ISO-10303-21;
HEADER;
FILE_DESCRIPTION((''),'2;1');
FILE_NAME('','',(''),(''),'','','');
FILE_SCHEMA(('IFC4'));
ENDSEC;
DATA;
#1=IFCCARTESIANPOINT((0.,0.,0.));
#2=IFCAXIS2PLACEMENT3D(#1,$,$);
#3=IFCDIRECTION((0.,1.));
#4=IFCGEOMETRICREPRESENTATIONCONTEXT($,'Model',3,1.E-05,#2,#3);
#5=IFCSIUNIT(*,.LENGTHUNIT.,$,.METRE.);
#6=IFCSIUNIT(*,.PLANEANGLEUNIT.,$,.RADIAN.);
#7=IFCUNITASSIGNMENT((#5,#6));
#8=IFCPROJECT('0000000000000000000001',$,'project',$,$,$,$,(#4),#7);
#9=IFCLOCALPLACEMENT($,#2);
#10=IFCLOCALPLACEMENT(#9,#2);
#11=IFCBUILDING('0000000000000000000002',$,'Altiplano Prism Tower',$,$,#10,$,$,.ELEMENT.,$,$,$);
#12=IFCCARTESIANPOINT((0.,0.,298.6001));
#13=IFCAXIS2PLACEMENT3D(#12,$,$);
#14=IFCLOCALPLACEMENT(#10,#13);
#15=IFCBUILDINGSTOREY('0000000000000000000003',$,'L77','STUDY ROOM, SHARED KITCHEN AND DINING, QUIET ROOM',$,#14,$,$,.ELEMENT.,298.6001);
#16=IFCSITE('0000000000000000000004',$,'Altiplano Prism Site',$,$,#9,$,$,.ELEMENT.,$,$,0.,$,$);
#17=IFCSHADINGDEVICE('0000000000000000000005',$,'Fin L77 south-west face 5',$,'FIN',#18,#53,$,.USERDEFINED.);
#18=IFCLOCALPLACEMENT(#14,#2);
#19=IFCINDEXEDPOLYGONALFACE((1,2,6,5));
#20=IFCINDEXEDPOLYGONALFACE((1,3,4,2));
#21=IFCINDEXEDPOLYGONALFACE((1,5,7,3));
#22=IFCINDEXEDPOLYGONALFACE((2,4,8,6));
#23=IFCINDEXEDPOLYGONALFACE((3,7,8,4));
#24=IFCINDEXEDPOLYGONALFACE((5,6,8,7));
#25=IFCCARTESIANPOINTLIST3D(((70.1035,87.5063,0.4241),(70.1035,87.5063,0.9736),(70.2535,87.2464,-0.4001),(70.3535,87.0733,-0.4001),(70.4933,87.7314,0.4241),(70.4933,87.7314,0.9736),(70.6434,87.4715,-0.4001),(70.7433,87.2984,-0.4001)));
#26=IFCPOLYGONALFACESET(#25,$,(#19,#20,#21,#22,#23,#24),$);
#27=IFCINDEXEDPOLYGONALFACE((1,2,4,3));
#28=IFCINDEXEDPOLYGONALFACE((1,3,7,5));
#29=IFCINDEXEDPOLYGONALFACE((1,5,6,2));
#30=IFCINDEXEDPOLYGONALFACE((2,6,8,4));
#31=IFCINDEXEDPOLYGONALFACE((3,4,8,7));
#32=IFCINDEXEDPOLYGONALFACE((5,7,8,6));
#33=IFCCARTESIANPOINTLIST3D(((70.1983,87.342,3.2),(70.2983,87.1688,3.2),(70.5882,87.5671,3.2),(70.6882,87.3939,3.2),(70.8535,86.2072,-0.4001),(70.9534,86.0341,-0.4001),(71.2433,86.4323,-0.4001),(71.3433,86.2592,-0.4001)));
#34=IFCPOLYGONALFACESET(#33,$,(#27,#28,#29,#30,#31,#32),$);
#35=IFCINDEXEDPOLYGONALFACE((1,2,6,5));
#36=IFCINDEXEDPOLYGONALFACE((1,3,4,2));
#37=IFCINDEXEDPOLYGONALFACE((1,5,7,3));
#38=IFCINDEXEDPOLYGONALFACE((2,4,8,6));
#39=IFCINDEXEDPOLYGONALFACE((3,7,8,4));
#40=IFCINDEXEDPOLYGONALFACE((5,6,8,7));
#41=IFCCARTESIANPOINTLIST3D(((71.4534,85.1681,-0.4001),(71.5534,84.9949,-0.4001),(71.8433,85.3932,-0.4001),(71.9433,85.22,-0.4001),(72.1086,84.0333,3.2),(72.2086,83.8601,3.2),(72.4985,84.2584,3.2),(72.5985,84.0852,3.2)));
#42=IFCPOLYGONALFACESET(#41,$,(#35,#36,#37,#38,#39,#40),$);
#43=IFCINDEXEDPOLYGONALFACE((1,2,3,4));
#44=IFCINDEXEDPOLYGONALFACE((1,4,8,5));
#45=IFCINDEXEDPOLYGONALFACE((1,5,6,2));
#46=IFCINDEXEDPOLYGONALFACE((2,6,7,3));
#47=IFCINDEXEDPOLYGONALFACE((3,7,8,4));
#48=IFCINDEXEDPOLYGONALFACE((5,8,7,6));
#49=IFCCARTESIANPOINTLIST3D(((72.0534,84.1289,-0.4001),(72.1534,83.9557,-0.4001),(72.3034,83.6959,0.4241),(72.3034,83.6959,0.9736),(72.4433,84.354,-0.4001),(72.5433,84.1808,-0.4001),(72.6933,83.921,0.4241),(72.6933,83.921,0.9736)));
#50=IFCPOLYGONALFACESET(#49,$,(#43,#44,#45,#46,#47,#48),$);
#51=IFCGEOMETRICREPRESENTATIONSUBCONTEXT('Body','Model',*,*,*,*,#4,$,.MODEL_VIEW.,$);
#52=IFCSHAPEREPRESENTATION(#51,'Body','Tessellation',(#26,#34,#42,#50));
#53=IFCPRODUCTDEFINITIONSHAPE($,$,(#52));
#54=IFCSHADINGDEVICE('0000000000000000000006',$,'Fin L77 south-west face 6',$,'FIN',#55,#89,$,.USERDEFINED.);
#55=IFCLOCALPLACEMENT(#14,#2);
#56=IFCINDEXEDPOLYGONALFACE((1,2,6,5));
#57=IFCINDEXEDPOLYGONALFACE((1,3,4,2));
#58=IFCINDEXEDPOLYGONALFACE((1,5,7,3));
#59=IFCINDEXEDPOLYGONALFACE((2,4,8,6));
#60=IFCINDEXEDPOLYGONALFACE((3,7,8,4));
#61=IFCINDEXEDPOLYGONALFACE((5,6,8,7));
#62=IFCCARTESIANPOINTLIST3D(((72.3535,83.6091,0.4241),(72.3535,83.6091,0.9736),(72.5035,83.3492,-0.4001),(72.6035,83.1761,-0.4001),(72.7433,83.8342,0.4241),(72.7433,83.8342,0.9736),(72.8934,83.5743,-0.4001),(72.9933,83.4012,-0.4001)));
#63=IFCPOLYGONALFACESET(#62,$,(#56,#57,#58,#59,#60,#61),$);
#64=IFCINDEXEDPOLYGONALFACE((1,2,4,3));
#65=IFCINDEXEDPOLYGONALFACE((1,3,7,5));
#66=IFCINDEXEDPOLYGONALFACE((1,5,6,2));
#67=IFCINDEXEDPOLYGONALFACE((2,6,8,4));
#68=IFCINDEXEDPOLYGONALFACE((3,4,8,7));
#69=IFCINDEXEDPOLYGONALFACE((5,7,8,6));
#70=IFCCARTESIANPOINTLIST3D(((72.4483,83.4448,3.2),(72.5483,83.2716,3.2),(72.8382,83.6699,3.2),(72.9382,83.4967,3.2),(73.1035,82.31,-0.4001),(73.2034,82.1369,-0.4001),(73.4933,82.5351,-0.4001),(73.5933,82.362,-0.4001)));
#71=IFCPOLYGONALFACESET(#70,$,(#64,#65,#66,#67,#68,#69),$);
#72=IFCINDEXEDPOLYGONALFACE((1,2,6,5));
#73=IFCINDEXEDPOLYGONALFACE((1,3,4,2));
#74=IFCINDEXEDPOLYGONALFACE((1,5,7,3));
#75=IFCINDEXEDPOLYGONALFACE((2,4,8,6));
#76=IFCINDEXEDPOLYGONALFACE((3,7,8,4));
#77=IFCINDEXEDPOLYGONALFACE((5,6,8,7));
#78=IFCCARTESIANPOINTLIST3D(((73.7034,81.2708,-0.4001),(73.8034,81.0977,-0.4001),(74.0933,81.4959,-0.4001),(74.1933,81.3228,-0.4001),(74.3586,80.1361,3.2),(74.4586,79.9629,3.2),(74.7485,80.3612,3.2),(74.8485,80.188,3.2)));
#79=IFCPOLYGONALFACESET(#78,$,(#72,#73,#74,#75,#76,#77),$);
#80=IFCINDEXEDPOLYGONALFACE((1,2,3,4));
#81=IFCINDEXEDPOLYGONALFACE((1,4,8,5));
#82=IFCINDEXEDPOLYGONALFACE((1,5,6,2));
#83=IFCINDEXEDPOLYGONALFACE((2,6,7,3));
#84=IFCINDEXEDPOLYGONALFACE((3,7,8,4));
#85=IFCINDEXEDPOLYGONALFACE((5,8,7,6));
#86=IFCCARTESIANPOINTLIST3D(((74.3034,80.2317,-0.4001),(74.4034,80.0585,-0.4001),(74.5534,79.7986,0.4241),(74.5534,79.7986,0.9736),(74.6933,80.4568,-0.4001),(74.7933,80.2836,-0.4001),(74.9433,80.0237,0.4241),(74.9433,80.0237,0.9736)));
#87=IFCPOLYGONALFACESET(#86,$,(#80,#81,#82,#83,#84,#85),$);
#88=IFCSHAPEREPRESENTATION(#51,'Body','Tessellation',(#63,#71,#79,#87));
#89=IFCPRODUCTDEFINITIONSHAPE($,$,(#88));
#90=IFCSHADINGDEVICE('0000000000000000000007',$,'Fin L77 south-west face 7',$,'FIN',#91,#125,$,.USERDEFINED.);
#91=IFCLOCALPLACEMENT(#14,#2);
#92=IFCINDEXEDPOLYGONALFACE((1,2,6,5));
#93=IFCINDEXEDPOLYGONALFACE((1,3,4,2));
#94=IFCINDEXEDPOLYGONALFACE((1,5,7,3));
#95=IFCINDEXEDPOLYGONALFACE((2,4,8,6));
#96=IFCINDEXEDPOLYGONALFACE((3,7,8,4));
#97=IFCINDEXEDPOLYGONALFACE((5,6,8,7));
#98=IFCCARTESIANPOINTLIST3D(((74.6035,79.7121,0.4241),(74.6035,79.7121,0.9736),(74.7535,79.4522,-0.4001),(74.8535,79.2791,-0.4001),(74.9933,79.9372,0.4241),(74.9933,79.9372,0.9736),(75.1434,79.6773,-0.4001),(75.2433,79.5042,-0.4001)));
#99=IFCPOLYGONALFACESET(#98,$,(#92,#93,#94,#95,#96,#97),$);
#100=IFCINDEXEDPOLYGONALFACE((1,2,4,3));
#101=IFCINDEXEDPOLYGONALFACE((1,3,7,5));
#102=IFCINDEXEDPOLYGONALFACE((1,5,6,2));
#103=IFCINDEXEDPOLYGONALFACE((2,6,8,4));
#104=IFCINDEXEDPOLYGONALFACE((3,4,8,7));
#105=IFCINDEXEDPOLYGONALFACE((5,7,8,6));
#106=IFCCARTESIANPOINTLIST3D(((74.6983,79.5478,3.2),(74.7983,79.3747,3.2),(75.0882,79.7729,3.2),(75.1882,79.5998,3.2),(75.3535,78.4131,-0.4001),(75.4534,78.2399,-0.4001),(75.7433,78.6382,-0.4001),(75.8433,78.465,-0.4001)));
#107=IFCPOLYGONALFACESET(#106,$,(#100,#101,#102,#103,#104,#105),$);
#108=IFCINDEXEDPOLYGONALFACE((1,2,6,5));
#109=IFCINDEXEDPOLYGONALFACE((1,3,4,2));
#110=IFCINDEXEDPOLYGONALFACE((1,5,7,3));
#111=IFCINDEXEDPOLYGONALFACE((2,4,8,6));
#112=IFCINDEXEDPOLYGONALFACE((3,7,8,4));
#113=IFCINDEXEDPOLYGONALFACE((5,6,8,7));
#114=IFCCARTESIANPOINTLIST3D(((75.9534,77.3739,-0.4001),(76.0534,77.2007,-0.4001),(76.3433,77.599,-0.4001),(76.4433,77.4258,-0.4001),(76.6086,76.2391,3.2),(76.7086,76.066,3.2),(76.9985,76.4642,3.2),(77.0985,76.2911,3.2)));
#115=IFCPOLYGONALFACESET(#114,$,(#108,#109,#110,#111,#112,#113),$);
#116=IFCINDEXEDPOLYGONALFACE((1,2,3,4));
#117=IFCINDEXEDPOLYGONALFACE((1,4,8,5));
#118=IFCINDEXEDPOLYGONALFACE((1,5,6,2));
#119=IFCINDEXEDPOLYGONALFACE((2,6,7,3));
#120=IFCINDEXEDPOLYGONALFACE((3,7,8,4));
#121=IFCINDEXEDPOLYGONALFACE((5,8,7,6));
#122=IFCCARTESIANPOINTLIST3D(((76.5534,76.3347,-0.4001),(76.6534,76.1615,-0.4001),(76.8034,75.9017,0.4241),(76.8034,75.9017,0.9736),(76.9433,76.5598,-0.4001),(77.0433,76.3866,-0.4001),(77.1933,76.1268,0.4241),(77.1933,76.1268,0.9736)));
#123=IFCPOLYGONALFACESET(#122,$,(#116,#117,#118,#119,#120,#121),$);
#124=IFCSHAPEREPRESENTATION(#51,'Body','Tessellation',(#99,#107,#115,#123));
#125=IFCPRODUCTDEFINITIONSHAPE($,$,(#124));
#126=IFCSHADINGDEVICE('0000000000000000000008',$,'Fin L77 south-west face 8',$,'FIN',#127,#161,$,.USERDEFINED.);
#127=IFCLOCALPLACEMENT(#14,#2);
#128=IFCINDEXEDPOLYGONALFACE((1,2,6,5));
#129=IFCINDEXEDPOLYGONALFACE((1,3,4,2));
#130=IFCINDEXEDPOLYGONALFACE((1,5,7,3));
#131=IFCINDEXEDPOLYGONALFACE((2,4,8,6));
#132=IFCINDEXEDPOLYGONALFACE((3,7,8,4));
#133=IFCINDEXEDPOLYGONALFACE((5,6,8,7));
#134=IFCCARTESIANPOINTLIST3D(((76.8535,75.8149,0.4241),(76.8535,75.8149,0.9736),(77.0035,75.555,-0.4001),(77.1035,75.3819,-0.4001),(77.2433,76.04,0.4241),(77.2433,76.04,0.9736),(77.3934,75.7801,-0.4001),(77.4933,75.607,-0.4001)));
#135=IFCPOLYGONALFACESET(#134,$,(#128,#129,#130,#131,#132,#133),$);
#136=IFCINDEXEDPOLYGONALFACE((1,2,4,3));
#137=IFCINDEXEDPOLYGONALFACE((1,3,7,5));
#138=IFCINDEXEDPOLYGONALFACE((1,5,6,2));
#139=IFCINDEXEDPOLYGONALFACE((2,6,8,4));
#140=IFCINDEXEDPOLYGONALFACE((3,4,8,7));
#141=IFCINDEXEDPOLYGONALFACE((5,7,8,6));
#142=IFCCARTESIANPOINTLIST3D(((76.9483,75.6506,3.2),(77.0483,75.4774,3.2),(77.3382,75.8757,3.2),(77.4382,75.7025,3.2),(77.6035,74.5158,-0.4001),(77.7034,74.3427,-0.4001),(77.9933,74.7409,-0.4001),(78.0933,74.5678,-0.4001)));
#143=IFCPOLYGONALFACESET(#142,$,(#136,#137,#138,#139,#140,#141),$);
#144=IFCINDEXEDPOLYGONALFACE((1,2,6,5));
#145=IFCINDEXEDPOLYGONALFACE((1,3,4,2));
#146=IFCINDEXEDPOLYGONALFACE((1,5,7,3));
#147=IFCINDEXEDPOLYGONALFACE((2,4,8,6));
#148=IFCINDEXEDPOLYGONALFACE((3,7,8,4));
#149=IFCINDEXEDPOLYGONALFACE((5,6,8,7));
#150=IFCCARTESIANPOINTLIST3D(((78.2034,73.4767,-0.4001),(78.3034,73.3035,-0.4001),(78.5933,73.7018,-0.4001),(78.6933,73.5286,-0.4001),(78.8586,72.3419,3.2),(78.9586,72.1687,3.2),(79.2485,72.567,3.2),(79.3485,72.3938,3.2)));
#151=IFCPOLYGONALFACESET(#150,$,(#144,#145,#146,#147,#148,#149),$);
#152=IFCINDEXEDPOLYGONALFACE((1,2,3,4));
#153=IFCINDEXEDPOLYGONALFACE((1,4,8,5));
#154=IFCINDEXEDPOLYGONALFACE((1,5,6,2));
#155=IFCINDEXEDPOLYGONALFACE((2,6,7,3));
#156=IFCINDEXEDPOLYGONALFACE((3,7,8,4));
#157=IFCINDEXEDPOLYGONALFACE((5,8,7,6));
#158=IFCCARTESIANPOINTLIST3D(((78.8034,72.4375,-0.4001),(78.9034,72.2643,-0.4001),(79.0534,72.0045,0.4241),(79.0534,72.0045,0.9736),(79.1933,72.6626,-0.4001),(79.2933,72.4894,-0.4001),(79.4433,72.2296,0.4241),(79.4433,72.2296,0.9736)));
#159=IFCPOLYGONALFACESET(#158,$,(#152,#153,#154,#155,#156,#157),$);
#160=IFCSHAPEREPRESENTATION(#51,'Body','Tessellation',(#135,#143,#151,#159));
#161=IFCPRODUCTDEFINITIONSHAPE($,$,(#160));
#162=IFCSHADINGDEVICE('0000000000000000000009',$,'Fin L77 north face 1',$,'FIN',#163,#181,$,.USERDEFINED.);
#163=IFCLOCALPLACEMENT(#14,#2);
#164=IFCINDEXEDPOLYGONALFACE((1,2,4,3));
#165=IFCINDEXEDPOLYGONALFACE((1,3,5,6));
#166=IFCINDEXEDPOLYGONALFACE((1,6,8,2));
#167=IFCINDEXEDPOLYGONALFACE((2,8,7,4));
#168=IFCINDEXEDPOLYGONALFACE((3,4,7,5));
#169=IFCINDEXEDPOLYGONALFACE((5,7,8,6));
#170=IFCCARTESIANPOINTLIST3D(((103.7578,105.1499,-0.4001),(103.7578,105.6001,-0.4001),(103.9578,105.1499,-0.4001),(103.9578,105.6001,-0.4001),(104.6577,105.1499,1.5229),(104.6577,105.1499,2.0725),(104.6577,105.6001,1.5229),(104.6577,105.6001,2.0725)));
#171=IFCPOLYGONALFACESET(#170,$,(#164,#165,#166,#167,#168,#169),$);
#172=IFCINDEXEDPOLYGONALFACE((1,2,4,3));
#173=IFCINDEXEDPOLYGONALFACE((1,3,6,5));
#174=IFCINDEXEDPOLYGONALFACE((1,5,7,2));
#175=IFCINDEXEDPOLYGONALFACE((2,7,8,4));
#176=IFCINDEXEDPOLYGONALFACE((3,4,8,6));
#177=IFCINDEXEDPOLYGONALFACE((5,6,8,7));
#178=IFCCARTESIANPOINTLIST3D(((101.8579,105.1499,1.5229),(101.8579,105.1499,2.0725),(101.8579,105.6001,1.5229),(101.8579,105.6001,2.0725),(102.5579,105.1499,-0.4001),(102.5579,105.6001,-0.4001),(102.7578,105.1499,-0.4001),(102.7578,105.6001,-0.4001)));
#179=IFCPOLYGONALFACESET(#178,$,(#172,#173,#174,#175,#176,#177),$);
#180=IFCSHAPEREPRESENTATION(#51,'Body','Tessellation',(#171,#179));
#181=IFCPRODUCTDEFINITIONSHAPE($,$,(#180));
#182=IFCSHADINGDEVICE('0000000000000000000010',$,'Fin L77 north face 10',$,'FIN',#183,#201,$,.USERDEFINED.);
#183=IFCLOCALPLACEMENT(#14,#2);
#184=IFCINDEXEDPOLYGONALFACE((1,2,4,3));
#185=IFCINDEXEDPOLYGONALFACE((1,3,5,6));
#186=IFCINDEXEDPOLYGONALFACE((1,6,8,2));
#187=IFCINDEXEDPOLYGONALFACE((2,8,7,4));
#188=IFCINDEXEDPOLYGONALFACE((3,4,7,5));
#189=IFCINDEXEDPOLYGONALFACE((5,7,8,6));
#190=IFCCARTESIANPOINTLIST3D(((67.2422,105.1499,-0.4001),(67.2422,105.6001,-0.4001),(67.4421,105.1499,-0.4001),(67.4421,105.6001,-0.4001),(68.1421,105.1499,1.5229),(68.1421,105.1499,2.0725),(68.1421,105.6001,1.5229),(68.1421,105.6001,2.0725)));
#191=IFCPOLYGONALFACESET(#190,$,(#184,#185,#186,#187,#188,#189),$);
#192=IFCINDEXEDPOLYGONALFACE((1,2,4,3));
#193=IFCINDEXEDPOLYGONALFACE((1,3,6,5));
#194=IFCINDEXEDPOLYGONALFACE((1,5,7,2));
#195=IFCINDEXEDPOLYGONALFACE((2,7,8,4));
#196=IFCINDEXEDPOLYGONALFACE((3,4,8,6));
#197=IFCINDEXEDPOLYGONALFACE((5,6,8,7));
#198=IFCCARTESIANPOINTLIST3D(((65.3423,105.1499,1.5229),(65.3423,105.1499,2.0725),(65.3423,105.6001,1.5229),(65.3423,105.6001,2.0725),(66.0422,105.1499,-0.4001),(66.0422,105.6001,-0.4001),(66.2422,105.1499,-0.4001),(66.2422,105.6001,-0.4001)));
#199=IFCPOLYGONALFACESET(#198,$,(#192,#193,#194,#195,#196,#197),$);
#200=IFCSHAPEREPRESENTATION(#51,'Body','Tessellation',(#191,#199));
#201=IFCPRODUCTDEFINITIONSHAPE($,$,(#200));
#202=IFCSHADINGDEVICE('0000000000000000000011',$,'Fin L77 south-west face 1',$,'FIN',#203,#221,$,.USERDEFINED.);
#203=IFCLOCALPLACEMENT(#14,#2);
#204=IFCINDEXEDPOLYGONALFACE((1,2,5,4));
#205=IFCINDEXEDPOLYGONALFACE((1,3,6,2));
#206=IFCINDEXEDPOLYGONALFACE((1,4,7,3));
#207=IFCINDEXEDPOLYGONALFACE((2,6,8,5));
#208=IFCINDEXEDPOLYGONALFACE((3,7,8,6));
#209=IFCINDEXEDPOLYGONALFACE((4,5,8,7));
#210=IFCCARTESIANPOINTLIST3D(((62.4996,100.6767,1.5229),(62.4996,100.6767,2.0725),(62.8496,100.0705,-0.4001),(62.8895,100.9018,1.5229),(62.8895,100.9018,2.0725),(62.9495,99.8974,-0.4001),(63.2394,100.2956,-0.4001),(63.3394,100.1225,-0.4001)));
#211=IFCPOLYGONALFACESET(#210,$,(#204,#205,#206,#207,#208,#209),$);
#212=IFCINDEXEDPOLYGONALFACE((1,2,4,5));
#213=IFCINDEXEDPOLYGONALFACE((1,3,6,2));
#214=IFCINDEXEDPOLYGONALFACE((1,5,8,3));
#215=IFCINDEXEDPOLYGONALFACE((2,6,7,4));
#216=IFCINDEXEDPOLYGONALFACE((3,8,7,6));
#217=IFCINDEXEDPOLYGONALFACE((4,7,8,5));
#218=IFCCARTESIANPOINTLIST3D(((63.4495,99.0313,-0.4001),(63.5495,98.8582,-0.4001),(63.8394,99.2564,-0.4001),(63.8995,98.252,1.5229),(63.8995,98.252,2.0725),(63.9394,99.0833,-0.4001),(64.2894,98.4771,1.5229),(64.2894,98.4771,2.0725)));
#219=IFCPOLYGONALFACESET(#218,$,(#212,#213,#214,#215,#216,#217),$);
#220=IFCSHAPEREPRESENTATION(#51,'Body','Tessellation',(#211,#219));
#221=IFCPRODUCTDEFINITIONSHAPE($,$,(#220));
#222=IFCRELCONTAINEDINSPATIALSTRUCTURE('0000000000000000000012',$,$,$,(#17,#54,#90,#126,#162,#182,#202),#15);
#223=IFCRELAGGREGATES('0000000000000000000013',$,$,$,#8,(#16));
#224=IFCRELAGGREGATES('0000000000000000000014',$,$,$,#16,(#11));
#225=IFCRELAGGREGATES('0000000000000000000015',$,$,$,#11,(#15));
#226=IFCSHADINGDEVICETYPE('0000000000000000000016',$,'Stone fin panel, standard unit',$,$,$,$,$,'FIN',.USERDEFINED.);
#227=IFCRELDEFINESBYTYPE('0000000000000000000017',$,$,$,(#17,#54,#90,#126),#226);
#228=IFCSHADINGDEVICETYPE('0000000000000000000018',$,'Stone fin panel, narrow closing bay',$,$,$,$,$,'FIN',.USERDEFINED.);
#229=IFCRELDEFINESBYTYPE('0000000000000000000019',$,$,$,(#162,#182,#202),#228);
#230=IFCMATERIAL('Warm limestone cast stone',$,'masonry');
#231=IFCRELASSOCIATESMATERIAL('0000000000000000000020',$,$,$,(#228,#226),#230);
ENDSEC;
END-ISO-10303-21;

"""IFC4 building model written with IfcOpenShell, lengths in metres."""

from ifc_helpers import new_model, si_unit, direction, frame, origin, place, context, subcontext, project, spatial, polyline, outline, extrude, source, transform, mapped, material, type_object, element, save


model = new_model("IFC4")

# Units and contexts
model_context = context("Model", 3, precision=1e-05, world=origin(), true_north=direction((0.0, 1.0)))
body_context = subcontext(model_context, "Body", "Model", "MODEL_VIEW")
ifc_project = project(units=[si_unit("LENGTHUNIT", "METRE"), si_unit("PLANEANGLEUNIT", "RADIAN")], contexts=[model_context])

# Site, building, storey
site_placement = place(None, origin())
site = spatial("IfcSite", under=ifc_project, at=site_placement, Name="Altiplano Prism Site", CompositionType="ELEMENT", RefElevation=0.0)
building_placement = place(site_placement, origin())
building = spatial("IfcBuilding", under=site, at=building_placement, Name="Altiplano Prism Tower", CompositionType="ELEMENT")
storey_placement = place(building_placement, frame((0.0, 0.0, 298.6001)))
storey = spatial("IfcBuildingStorey", under=building, at=storey_placement, Name="L77", Description="STUDY ROOM, SHARED KITCHEN AND DINING, QUIET ROOM", CompositionType="ELEMENT", Elevation=298.6001)

# Shading devices
ifc_material_1 = material(Name="Warm limestone cast stone", Category="masonry")
shading_device_type_1 = type_object("IfcShadingDeviceType", Name="Stone fin panel, narrow closing bay", ElementType="FIN", PredefinedType="USERDEFINED", material=ifc_material_1)
shading_device_type_2 = type_object("IfcShadingDeviceType", Name="Stone fin panel, standard unit", ElementType="FIN", PredefinedType="USERDEFINED", material=ifc_material_1)
shared_shape_1 = source(origin(), body_context, "Body", "SweptSolid", [
    extrude(outline(polyline([(-2.2, 1.3738), (-2.2, 0.8242), (-1.8999, 0.0), (-1.7, 0.0), (-2.2, 1.3738)])), frame((0.0, -0.1499, 0.0), z_axis=(0.0, -1.0, 0.0), x_axis=(1.0, 0.0, 0.0)), (0.0, 0.0, 1.0), 0.4502),
    extrude(outline(polyline([(-2.0103, 3.6001), (-0.7, 0.0), (-0.5, 0.0), (-1.8103, 3.6001), (-2.0103, 3.6001)])), frame((0.0, -0.1499, 0.0), z_axis=(0.0, -1.0, 0.0), x_axis=(1.0, 0.0, 0.0)), (0.0, 0.0, 1.0), 0.4502),
    extrude(outline(polyline([(1.8103, 3.6001), (0.5, 0.0), (0.7, 0.0), (2.0103, 3.6001), (1.8103, 3.6001)])), frame((0.0, -0.1499, 0.0), z_axis=(0.0, -1.0, 0.0), x_axis=(1.0, 0.0, 0.0)), (0.0, 0.0, 1.0), 0.4502),
    extrude(outline(polyline([(2.2, 0.8242), (2.2, 1.3738), (1.7, 0.0), (1.8999, 0.0), (2.2, 0.8242)])), frame((0.0, -0.1499, 0.0), z_axis=(0.0, -1.0, 0.0), x_axis=(1.0, 0.0, 0.0)), (0.0, 0.0, 1.0), 0.4502),
])
shading_device_1_placement = place(storey_placement, origin())
element("IfcShadingDevice", 1, at=shading_device_1_placement, inside=storey, type_object=shading_device_type_2, Name="Fin L77 south-west face 5", ObjectType="FIN", PredefinedType="USERDEFINED", context=body_context, shape_type="MappedRepresentation", body=[
    mapped(shared_shape_1, transform((71.7231, 85.9011, -0.4001), x_axis=(0.5, -0.866025, 0.0), y_axis=(0.866025, 0.5, 0.0), z_axis=(0.0, 0.0, 1.0))),
])
shading_device_2_placement = place(storey_placement, origin())
element("IfcShadingDevice", 2, at=shading_device_2_placement, inside=storey, type_object=shading_device_type_2, Name="Fin L77 south-west face 6", ObjectType="FIN", PredefinedType="USERDEFINED", context=body_context, shape_type="MappedRepresentation", body=[
    mapped(shared_shape_1, transform((73.9731, 82.0039, -0.4001), x_axis=(0.5, -0.866025, 0.0), y_axis=(0.866025, 0.5, 0.0), z_axis=(0.0, 0.0, 1.0))),
])
shading_device_3_placement = place(storey_placement, origin())
element("IfcShadingDevice", 3, at=shading_device_3_placement, inside=storey, type_object=shading_device_type_2, Name="Fin L77 south-west face 7", ObjectType="FIN", PredefinedType="USERDEFINED", context=body_context, shape_type="MappedRepresentation", body=[
    mapped(shared_shape_1, transform((76.2231, 78.1069, -0.4001), x_axis=(0.5, -0.866025, 0.0), y_axis=(0.866025, 0.5, 0.0), z_axis=(0.0, 0.0, 1.0))),
])
shading_device_4_placement = place(storey_placement, origin())
element("IfcShadingDevice", 4, at=shading_device_4_placement, inside=storey, type_object=shading_device_type_2, Name="Fin L77 south-west face 8", ObjectType="FIN", PredefinedType="USERDEFINED", context=body_context, shape_type="MappedRepresentation", body=[
    mapped(shared_shape_1, transform((78.4731, 74.2097, -0.4001), x_axis=(0.5, -0.866025, 0.0), y_axis=(0.866025, 0.5, 0.0), z_axis=(0.0, 0.0, 1.0))),
])
shared_shape_2 = source(origin(), body_context, "Body", "SweptSolid", [
    extrude(outline(polyline([(-1.3999, 2.4727), (-1.3999, 1.9231), (-0.7, 0.0), (-0.5, 0.0), (-1.3999, 2.4727)])), frame((0.0, -0.1499, 0.0), z_axis=(0.0, -1.0, 0.0), x_axis=(1.0, 0.0, 0.0)), (0.0, 0.0, 1.0), 0.4502),
    extrude(outline(polyline([(1.3999, 1.9231), (1.3999, 2.4727), (0.5, 0.0), (0.7, 0.0), (1.3999, 1.9231)])), frame((0.0, -0.1499, 0.0), z_axis=(0.0, -1.0, 0.0), x_axis=(1.0, 0.0, 0.0)), (0.0, 0.0, 1.0), 0.4502),
])
shading_device_5_placement = place(storey_placement, origin())
element("IfcShadingDevice", 5, at=shading_device_5_placement, inside=storey, type_object=shading_device_type_1, Name="Fin L77 north face 1", ObjectType="FIN", PredefinedType="USERDEFINED", context=body_context, shape_type="MappedRepresentation", body=[
    mapped(shared_shape_2, transform((103.2578, 105.0, -0.4001), x_axis=(-1.0, 0.0, 0.0), y_axis=(0.0, -1.0, 0.0), z_axis=(0.0, 0.0, 1.0))),
])
shading_device_6_placement = place(storey_placement, origin())
element("IfcShadingDevice", 6, at=shading_device_6_placement, inside=storey, type_object=shading_device_type_1, Name="Fin L77 north face 10", ObjectType="FIN", PredefinedType="USERDEFINED", context=body_context, shape_type="MappedRepresentation", body=[
    mapped(shared_shape_2, transform((66.7422, 105.0, -0.4001), x_axis=(-1.0, 0.0, 0.0), y_axis=(0.0, -1.0, 0.0), z_axis=(0.0, 0.0, 1.0))),
])
shading_device_7_placement = place(storey_placement, origin())
element("IfcShadingDevice", 7, at=shading_device_7_placement, inside=storey, type_object=shading_device_type_1, Name="Fin L77 south-west face 1", ObjectType="FIN", PredefinedType="USERDEFINED", context=body_context, shape_type="MappedRepresentation", body=[
    mapped(shared_shape_2, transform((63.7192, 99.7644, -0.4001), x_axis=(0.5, -0.866025, 0.0), y_axis=(0.866025, 0.5, 0.0), z_axis=(0.0, 0.0, 1.0))),
])

save(model, "model.ifc")
